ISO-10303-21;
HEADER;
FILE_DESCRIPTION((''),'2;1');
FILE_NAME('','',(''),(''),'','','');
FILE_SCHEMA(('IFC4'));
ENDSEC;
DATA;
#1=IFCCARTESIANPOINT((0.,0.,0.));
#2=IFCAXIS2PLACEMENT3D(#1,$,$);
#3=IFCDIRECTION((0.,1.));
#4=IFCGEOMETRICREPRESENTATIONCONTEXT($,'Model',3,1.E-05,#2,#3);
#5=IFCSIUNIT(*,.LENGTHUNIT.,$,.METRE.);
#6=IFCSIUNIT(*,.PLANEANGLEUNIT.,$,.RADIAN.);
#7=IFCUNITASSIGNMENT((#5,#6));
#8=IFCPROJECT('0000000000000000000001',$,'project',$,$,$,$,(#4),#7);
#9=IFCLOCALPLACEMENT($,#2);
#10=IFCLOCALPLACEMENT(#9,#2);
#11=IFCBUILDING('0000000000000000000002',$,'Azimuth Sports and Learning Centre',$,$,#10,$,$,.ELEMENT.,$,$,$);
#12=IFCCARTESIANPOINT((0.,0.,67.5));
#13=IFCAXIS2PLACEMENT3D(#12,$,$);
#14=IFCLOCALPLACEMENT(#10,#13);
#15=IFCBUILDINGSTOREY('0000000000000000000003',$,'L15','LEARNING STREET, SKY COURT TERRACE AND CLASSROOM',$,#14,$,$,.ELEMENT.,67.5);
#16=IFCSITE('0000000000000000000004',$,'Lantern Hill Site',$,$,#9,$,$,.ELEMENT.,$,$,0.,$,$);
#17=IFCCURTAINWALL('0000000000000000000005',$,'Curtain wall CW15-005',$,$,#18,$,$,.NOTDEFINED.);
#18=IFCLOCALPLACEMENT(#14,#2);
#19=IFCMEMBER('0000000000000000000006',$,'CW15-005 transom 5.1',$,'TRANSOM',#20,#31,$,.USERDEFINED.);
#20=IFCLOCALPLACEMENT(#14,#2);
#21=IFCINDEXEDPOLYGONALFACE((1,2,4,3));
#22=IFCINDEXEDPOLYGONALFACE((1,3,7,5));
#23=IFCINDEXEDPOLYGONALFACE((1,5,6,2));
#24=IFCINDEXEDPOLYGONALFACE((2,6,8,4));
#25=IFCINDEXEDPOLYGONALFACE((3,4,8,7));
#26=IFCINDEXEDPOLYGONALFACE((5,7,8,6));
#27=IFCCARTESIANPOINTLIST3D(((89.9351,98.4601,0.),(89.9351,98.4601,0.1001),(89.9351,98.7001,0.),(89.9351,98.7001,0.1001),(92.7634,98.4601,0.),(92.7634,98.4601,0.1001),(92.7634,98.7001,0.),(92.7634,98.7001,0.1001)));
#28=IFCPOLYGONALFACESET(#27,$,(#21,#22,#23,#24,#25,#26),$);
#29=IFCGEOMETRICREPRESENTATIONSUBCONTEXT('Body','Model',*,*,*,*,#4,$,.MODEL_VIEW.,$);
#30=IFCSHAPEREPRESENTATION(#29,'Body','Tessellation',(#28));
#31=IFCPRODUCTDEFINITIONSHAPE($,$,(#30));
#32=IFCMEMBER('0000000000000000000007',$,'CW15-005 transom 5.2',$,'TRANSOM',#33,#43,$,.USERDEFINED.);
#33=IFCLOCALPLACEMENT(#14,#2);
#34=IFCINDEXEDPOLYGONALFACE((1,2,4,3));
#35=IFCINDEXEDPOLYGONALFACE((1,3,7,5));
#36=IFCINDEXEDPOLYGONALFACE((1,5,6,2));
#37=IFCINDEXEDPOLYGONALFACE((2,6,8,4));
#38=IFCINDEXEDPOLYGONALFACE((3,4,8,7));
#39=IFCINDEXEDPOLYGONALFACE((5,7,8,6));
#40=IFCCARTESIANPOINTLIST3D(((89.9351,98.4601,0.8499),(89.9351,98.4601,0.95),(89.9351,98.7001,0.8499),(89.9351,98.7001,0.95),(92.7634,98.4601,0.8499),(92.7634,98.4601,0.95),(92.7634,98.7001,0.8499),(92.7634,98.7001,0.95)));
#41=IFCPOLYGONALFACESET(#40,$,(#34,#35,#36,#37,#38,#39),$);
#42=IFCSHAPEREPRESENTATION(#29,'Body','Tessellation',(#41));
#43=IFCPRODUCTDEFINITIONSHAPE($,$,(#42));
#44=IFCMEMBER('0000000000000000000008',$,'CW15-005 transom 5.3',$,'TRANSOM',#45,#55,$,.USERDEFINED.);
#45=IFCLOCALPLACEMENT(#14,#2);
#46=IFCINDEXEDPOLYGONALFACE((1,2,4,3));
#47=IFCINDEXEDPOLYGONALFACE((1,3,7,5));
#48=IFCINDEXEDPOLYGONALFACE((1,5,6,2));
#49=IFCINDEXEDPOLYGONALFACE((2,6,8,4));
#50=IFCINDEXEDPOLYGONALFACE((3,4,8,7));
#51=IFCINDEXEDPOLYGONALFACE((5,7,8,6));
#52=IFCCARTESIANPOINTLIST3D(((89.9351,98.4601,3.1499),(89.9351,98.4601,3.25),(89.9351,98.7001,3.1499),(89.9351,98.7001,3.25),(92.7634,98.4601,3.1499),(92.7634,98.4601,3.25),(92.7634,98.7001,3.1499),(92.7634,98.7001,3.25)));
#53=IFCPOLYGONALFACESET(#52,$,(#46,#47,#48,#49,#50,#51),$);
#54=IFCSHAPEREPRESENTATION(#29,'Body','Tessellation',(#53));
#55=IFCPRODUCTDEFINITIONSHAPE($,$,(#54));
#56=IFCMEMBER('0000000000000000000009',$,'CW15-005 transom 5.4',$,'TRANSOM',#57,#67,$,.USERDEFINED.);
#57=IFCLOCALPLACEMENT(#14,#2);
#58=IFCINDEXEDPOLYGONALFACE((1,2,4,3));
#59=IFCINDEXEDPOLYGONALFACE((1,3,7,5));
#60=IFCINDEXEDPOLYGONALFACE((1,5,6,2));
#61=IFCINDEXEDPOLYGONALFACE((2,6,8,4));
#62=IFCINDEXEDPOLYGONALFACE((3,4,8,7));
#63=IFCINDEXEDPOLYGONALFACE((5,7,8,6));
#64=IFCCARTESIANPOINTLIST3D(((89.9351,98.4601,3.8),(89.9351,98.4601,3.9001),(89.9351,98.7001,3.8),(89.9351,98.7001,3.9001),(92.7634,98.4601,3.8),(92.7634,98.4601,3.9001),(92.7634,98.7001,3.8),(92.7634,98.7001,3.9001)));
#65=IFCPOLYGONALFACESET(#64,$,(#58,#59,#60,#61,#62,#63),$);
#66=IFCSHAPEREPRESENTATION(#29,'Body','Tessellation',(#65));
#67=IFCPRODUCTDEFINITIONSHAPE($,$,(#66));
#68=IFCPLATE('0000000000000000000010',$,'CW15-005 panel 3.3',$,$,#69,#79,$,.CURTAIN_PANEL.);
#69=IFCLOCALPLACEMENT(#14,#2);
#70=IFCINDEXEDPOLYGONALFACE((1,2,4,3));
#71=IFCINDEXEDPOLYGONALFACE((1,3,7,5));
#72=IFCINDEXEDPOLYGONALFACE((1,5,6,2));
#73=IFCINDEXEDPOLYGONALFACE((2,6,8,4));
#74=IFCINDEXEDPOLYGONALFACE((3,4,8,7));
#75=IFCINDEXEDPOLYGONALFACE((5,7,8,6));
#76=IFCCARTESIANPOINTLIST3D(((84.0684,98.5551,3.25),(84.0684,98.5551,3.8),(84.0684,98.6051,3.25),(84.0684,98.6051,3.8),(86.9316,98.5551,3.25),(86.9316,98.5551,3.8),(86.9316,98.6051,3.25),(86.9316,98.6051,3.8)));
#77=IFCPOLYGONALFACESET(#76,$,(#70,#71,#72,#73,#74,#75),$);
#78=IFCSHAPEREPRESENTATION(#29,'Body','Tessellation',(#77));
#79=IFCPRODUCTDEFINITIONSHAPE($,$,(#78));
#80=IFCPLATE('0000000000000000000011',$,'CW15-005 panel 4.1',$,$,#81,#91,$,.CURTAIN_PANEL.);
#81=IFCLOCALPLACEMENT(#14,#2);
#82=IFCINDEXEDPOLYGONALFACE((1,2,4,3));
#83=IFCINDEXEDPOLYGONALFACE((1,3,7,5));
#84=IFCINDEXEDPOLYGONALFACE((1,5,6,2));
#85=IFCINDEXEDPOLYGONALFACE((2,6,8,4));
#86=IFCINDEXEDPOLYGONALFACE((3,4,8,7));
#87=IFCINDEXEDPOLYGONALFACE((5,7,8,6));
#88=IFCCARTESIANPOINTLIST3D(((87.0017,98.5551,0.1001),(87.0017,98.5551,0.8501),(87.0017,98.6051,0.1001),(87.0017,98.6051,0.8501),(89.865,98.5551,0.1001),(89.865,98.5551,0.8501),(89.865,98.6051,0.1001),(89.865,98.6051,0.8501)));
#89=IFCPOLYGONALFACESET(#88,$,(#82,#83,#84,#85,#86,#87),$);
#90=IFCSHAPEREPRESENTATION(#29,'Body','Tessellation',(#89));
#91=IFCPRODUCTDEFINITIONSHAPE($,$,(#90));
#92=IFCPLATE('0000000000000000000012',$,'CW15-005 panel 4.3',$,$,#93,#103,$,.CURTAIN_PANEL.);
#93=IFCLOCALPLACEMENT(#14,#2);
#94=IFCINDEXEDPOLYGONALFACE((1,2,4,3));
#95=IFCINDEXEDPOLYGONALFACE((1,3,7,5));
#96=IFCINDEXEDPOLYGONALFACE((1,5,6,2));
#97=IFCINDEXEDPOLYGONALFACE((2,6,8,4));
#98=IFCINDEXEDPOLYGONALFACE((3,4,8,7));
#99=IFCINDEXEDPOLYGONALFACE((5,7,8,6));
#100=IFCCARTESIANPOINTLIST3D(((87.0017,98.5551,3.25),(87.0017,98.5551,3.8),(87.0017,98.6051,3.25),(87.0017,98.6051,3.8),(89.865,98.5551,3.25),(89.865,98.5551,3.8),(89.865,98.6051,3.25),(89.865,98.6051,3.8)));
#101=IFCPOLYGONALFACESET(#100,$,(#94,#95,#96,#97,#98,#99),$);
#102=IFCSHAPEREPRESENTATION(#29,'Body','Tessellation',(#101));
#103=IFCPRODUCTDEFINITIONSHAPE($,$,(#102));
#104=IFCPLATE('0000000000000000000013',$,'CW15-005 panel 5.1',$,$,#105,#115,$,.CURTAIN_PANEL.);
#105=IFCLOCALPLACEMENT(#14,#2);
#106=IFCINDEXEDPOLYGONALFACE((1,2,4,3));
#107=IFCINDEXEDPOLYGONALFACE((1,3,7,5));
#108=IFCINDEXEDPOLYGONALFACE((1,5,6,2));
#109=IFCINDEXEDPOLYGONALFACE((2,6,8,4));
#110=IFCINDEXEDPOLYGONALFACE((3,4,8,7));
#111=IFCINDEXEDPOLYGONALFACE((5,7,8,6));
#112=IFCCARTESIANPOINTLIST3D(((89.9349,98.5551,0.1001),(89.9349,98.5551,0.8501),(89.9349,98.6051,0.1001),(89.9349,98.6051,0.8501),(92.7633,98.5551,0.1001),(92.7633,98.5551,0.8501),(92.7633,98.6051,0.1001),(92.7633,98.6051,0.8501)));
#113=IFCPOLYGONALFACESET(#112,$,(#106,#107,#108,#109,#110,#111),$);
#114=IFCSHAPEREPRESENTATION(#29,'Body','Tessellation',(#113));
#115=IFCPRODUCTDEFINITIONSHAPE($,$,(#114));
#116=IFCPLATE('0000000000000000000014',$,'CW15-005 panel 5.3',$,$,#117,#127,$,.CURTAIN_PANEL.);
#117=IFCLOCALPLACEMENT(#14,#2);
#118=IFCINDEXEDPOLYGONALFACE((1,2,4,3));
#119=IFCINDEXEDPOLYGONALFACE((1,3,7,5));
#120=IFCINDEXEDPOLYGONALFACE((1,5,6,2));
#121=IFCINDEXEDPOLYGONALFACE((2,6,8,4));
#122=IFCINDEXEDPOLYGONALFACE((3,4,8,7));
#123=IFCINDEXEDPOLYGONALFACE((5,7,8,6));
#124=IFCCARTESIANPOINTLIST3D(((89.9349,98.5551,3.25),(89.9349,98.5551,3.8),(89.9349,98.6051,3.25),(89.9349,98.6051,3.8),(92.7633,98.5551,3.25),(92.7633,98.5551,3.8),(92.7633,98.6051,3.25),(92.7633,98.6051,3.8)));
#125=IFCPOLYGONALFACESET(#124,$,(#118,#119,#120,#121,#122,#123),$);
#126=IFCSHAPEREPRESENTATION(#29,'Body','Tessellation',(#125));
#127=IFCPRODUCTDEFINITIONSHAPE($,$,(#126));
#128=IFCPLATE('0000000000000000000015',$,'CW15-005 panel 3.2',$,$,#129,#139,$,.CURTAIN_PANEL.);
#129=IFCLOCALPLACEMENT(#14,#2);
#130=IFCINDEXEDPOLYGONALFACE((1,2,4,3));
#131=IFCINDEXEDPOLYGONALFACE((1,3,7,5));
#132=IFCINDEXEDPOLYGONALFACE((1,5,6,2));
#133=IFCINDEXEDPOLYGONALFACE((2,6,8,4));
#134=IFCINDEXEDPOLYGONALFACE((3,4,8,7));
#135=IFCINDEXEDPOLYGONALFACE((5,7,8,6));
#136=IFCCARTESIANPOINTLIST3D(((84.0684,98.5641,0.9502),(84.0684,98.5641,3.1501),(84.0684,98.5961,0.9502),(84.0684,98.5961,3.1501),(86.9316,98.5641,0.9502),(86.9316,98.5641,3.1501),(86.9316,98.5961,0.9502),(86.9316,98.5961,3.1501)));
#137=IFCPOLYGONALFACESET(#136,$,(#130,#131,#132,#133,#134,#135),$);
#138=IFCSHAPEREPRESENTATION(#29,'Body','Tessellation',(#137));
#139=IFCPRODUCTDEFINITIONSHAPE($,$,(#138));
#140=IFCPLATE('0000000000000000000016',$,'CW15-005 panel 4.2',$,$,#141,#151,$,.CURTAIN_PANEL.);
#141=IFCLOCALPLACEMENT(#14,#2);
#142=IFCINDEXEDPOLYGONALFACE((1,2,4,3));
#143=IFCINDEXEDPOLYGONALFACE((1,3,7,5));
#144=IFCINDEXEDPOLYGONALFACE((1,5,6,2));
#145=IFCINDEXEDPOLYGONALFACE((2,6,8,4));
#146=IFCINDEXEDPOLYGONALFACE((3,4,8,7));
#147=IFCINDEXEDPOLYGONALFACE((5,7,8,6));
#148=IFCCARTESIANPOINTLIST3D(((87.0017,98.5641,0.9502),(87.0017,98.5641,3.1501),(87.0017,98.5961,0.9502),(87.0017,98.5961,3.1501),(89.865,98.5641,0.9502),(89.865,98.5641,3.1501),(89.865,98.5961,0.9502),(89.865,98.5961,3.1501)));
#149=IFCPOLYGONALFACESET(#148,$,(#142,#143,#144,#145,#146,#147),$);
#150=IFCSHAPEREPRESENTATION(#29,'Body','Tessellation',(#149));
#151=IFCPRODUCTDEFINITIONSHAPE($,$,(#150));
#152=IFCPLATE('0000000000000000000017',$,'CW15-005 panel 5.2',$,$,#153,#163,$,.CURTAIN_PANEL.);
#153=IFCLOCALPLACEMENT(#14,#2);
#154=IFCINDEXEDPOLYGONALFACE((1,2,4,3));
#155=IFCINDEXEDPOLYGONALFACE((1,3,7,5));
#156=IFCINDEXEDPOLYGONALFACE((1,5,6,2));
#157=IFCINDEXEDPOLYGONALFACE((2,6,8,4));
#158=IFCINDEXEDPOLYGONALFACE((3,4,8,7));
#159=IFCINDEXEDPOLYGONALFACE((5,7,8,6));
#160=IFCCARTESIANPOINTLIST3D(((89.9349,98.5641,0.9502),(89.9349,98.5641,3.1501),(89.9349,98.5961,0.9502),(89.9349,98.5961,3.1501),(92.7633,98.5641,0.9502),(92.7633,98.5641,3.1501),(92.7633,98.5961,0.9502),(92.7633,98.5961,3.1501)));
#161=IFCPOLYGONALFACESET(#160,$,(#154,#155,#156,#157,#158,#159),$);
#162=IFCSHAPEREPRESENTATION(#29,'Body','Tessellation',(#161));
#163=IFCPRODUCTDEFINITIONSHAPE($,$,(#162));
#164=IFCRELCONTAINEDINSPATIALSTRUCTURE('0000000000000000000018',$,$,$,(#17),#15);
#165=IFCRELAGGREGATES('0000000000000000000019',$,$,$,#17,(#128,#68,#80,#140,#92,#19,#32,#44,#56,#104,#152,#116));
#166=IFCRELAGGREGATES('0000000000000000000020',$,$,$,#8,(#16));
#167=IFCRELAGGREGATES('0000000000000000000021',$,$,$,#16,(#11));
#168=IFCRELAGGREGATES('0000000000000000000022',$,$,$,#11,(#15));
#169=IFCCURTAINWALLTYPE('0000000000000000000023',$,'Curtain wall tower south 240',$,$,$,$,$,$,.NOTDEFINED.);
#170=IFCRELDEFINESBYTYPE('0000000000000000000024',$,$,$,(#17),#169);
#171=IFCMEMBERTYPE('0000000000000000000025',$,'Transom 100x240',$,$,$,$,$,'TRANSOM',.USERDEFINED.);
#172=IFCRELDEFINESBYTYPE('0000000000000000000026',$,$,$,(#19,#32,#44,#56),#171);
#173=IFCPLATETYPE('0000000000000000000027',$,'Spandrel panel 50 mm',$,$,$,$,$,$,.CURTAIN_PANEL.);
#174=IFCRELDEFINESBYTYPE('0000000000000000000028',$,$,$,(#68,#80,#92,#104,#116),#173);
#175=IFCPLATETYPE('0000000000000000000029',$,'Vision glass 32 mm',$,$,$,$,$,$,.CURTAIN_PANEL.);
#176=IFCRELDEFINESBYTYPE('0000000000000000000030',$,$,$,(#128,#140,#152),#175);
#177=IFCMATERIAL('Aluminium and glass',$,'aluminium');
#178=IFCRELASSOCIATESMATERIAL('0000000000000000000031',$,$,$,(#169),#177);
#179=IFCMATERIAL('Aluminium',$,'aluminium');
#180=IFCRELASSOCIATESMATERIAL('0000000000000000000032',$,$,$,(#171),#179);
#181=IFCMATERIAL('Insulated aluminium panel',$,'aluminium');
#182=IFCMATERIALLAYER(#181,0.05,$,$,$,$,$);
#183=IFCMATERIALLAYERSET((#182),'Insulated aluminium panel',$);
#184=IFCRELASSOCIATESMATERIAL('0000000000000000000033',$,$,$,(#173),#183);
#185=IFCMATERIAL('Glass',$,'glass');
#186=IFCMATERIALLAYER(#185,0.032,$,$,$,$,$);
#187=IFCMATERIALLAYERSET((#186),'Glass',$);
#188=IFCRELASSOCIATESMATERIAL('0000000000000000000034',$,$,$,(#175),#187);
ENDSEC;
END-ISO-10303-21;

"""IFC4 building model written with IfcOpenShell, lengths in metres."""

from ifc_helpers import new_model, si_unit, direction, frame, origin, origin_2d, place, context, subcontext, project, spatial, rectangle, extrude, material, layer, layer_set, material_profile, profile_set, type_object, element, aggregate, save


model = new_model("IFC4")

# Units and contexts
model_context = context("Model", 3, precision=1e-05, world=origin(), true_north=direction((0.0, 1.0)))
body_context = subcontext(model_context, "Body", "Model", "MODEL_VIEW")
ifc_project = project(units=[si_unit("LENGTHUNIT", "METRE"), si_unit("PLANEANGLEUNIT", "RADIAN")], contexts=[model_context])

# Site, building, storey
site_placement = place(None, origin())
site = spatial("IfcSite", under=ifc_project, at=site_placement, Name="Lantern Hill Site", CompositionType="ELEMENT", RefElevation=0.0)
building_placement = place(site_placement, origin())
building = spatial("IfcBuilding", under=site, at=building_placement, Name="Azimuth Sports and Learning Centre", CompositionType="ELEMENT")
storey_placement = place(building_placement, frame((0.0, 0.0, 67.5)))
storey = spatial("IfcBuildingStorey", under=building, at=storey_placement, Name="L15", Description="LEARNING STREET, SKY COURT TERRACE AND CLASSROOM", CompositionType="ELEMENT", Elevation=67.5)

# Curtain wall, members, plates
ifc_material_1 = material(Name="Aluminium and glass", Category="aluminium")
curtain_wall_type = type_object("IfcCurtainWallType", Name="Curtain wall tower south 240", PredefinedType="NOTDEFINED", material=ifc_material_1)
curtain_wall_placement = place(storey_placement, origin())
curtain_wall = element("IfcCurtainWall", 1, at=curtain_wall_placement, inside=storey, type_object=curtain_wall_type, Name="Curtain wall CW15-005", PredefinedType="NOTDEFINED")
ifc_material_2 = material(Name="Aluminium", Category="aluminium")
ifc_material_profile_1 = material_profile(ifc_material_2, rectangle(XDim=0.24, YDim=0.1001, at=origin_2d()), Name="Transom 100x240")
ifc_profile_set_1 = profile_set([ifc_material_profile_1], Name="Aluminium")
member_type_1 = type_object("IfcMemberType", Name="Transom 100x240", ElementType="TRANSOM", PredefinedType="USERDEFINED", material=ifc_profile_set_1)
member_1_placement = place(storey_placement, frame((89.9351, 98.5801, 0.05), z_axis=(1.0, 0.0, 0.0), x_axis=(0.0, 1.0, 0.0)))
member_1 = element("IfcMember", 2, at=member_1_placement, type_object=member_type_1, Name="CW15-005 transom 5.1", ObjectType="TRANSOM", PredefinedType="USERDEFINED", context=body_context, shape_type="SweptSolid", body=[
    extrude(rectangle(XDim=0.24, YDim=0.1001, at=origin_2d()), origin(), (0.0, 0.0, 1.0), 2.8284),
])
member_2_placement = place(storey_placement, frame((89.9351, 98.5801, 0.8999), z_axis=(1.0, 0.0, 0.0), x_axis=(0.0, 1.0, 0.0)))
member_2 = element("IfcMember", 3, at=member_2_placement, type_object=member_type_1, Name="CW15-005 transom 5.2", ObjectType="TRANSOM", PredefinedType="USERDEFINED", context=body_context, shape_type="SweptSolid", body=[
    extrude(rectangle(XDim=0.24, YDim=0.1001, at=origin_2d()), origin(), (0.0, 0.0, 1.0), 2.8284),
])
member_3_placement = place(storey_placement, frame((89.9351, 98.5801, 3.2), z_axis=(1.0, 0.0, 0.0), x_axis=(0.0, 1.0, 0.0)))
member_3 = element("IfcMember", 4, at=member_3_placement, type_object=member_type_1, Name="CW15-005 transom 5.3", ObjectType="TRANSOM", PredefinedType="USERDEFINED", context=body_context, shape_type="SweptSolid", body=[
    extrude(rectangle(XDim=0.24, YDim=0.1001, at=origin_2d()), origin(), (0.0, 0.0, 1.0), 2.8284),
])
member_4_placement = place(storey_placement, frame((89.9351, 98.5801, 3.8501), z_axis=(1.0, 0.0, 0.0), x_axis=(0.0, 1.0, 0.0)))
member_4 = element("IfcMember", 5, at=member_4_placement, type_object=member_type_1, Name="CW15-005 transom 5.4", ObjectType="TRANSOM", PredefinedType="USERDEFINED", context=body_context, shape_type="SweptSolid", body=[
    extrude(rectangle(XDim=0.24, YDim=0.1001, at=origin_2d()), origin(), (0.0, 0.0, 1.0), 2.8284),
])
ifc_material_3 = material(Name="Insulated aluminium panel", Category="aluminium")
ifc_layer_1 = layer(ifc_material_3, 0.05)
ifc_layer_set_1 = layer_set([ifc_layer_1], Name="Insulated aluminium panel")
plate_type_1 = type_object("IfcPlateType", Name="Spandrel panel 50 mm", PredefinedType="CURTAIN_PANEL", material=ifc_layer_set_1)
plate_1_placement = place(storey_placement, frame((85.5, 98.5801, 3.25), z_axis=(0.0, 0.0, 1.0), x_axis=(1.0, 0.0, 0.0)))
plate_1 = element("IfcPlate", 6, at=plate_1_placement, type_object=plate_type_1, Name="CW15-005 panel 3.3", PredefinedType="CURTAIN_PANEL", context=body_context, shape_type="SweptSolid", body=[
    extrude(rectangle(XDim=2.8633, YDim=0.05, at=origin_2d()), origin(), (0.0, 0.0, 1.0), 0.55),
])
plate_2_placement = place(storey_placement, frame((88.4333, 98.5801, 0.1001), z_axis=(0.0, 0.0, 1.0), x_axis=(1.0, 0.0, 0.0)))
plate_2 = element("IfcPlate", 7, at=plate_2_placement, type_object=plate_type_1, Name="CW15-005 panel 4.1", PredefinedType="CURTAIN_PANEL", context=body_context, shape_type="SweptSolid", body=[
    extrude(rectangle(XDim=2.8633, YDim=0.05, at=origin_2d()), origin(), (0.0, 0.0, 1.0), 0.75),
])
plate_3_placement = place(storey_placement, frame((88.4333, 98.5801, 3.25), z_axis=(0.0, 0.0, 1.0), x_axis=(1.0, 0.0, 0.0)))
plate_3 = element("IfcPlate", 8, at=plate_3_placement, type_object=plate_type_1, Name="CW15-005 panel 4.3", PredefinedType="CURTAIN_PANEL", context=body_context, shape_type="SweptSolid", body=[
    extrude(rectangle(XDim=2.8633, YDim=0.05, at=origin_2d()), origin(), (0.0, 0.0, 1.0), 0.55),
])
plate_4_placement = place(storey_placement, frame((91.3491, 98.5801, 0.1001), z_axis=(0.0, 0.0, 1.0), x_axis=(1.0, 0.0, 0.0)))
plate_4 = element("IfcPlate", 9, at=plate_4_placement, type_object=plate_type_1, Name="CW15-005 panel 5.1", PredefinedType="CURTAIN_PANEL", context=body_context, shape_type="SweptSolid", body=[
    extrude(rectangle(XDim=2.8284, YDim=0.05, at=origin_2d()), origin(), (0.0, 0.0, 1.0), 0.75),
])
plate_5_placement = place(storey_placement, frame((91.3491, 98.5801, 3.25), z_axis=(0.0, 0.0, 1.0), x_axis=(1.0, 0.0, 0.0)))
plate_5 = element("IfcPlate", 10, at=plate_5_placement, type_object=plate_type_1, Name="CW15-005 panel 5.3", PredefinedType="CURTAIN_PANEL", context=body_context, shape_type="SweptSolid", body=[
    extrude(rectangle(XDim=2.8284, YDim=0.05, at=origin_2d()), origin(), (0.0, 0.0, 1.0), 0.55),
])
ifc_material_4 = material(Name="Glass", Category="glass")
ifc_layer_2 = layer(ifc_material_4, 0.032)
ifc_layer_set_2 = layer_set([ifc_layer_2], Name="Glass")
plate_type_2 = type_object("IfcPlateType", Name="Vision glass 32 mm", PredefinedType="CURTAIN_PANEL", material=ifc_layer_set_2)
plate_6_placement = place(storey_placement, frame((85.5, 98.5801, 0.9502), z_axis=(0.0, 0.0, 1.0), x_axis=(1.0, 0.0, 0.0)))
plate_6 = element("IfcPlate", 11, at=plate_6_placement, type_object=plate_type_2, Name="CW15-005 panel 3.2", PredefinedType="CURTAIN_PANEL", context=body_context, shape_type="SweptSolid", body=[
    extrude(rectangle(XDim=2.8633, YDim=0.032, at=origin_2d()), origin(), (0.0, 0.0, 1.0), 2.2),
])
plate_7_placement = place(storey_placement, frame((88.4333, 98.5801, 0.9502), z_axis=(0.0, 0.0, 1.0), x_axis=(1.0, 0.0, 0.0)))
plate_7 = element("IfcPlate", 12, at=plate_7_placement, type_object=plate_type_2, Name="CW15-005 panel 4.2", PredefinedType="CURTAIN_PANEL", context=body_context, shape_type="SweptSolid", body=[
    extrude(rectangle(XDim=2.8633, YDim=0.032, at=origin_2d()), origin(), (0.0, 0.0, 1.0), 2.2),
])
plate_8_placement = place(storey_placement, frame((91.3491, 98.5801, 0.9502), z_axis=(0.0, 0.0, 1.0), x_axis=(1.0, 0.0, 0.0)))
plate_8 = element("IfcPlate", 13, at=plate_8_placement, type_object=plate_type_2, Name="CW15-005 panel 5.2", PredefinedType="CURTAIN_PANEL", context=body_context, shape_type="SweptSolid", body=[
    extrude(rectangle(XDim=2.8284, YDim=0.032, at=origin_2d()), origin(), (0.0, 0.0, 1.0), 2.2),
])
aggregate(curtain_wall, [plate_6, plate_1, plate_2, plate_7, plate_3, member_1, member_2, member_3, member_4, plate_4, plate_8, plate_5])

save(model, "model.ifc")
